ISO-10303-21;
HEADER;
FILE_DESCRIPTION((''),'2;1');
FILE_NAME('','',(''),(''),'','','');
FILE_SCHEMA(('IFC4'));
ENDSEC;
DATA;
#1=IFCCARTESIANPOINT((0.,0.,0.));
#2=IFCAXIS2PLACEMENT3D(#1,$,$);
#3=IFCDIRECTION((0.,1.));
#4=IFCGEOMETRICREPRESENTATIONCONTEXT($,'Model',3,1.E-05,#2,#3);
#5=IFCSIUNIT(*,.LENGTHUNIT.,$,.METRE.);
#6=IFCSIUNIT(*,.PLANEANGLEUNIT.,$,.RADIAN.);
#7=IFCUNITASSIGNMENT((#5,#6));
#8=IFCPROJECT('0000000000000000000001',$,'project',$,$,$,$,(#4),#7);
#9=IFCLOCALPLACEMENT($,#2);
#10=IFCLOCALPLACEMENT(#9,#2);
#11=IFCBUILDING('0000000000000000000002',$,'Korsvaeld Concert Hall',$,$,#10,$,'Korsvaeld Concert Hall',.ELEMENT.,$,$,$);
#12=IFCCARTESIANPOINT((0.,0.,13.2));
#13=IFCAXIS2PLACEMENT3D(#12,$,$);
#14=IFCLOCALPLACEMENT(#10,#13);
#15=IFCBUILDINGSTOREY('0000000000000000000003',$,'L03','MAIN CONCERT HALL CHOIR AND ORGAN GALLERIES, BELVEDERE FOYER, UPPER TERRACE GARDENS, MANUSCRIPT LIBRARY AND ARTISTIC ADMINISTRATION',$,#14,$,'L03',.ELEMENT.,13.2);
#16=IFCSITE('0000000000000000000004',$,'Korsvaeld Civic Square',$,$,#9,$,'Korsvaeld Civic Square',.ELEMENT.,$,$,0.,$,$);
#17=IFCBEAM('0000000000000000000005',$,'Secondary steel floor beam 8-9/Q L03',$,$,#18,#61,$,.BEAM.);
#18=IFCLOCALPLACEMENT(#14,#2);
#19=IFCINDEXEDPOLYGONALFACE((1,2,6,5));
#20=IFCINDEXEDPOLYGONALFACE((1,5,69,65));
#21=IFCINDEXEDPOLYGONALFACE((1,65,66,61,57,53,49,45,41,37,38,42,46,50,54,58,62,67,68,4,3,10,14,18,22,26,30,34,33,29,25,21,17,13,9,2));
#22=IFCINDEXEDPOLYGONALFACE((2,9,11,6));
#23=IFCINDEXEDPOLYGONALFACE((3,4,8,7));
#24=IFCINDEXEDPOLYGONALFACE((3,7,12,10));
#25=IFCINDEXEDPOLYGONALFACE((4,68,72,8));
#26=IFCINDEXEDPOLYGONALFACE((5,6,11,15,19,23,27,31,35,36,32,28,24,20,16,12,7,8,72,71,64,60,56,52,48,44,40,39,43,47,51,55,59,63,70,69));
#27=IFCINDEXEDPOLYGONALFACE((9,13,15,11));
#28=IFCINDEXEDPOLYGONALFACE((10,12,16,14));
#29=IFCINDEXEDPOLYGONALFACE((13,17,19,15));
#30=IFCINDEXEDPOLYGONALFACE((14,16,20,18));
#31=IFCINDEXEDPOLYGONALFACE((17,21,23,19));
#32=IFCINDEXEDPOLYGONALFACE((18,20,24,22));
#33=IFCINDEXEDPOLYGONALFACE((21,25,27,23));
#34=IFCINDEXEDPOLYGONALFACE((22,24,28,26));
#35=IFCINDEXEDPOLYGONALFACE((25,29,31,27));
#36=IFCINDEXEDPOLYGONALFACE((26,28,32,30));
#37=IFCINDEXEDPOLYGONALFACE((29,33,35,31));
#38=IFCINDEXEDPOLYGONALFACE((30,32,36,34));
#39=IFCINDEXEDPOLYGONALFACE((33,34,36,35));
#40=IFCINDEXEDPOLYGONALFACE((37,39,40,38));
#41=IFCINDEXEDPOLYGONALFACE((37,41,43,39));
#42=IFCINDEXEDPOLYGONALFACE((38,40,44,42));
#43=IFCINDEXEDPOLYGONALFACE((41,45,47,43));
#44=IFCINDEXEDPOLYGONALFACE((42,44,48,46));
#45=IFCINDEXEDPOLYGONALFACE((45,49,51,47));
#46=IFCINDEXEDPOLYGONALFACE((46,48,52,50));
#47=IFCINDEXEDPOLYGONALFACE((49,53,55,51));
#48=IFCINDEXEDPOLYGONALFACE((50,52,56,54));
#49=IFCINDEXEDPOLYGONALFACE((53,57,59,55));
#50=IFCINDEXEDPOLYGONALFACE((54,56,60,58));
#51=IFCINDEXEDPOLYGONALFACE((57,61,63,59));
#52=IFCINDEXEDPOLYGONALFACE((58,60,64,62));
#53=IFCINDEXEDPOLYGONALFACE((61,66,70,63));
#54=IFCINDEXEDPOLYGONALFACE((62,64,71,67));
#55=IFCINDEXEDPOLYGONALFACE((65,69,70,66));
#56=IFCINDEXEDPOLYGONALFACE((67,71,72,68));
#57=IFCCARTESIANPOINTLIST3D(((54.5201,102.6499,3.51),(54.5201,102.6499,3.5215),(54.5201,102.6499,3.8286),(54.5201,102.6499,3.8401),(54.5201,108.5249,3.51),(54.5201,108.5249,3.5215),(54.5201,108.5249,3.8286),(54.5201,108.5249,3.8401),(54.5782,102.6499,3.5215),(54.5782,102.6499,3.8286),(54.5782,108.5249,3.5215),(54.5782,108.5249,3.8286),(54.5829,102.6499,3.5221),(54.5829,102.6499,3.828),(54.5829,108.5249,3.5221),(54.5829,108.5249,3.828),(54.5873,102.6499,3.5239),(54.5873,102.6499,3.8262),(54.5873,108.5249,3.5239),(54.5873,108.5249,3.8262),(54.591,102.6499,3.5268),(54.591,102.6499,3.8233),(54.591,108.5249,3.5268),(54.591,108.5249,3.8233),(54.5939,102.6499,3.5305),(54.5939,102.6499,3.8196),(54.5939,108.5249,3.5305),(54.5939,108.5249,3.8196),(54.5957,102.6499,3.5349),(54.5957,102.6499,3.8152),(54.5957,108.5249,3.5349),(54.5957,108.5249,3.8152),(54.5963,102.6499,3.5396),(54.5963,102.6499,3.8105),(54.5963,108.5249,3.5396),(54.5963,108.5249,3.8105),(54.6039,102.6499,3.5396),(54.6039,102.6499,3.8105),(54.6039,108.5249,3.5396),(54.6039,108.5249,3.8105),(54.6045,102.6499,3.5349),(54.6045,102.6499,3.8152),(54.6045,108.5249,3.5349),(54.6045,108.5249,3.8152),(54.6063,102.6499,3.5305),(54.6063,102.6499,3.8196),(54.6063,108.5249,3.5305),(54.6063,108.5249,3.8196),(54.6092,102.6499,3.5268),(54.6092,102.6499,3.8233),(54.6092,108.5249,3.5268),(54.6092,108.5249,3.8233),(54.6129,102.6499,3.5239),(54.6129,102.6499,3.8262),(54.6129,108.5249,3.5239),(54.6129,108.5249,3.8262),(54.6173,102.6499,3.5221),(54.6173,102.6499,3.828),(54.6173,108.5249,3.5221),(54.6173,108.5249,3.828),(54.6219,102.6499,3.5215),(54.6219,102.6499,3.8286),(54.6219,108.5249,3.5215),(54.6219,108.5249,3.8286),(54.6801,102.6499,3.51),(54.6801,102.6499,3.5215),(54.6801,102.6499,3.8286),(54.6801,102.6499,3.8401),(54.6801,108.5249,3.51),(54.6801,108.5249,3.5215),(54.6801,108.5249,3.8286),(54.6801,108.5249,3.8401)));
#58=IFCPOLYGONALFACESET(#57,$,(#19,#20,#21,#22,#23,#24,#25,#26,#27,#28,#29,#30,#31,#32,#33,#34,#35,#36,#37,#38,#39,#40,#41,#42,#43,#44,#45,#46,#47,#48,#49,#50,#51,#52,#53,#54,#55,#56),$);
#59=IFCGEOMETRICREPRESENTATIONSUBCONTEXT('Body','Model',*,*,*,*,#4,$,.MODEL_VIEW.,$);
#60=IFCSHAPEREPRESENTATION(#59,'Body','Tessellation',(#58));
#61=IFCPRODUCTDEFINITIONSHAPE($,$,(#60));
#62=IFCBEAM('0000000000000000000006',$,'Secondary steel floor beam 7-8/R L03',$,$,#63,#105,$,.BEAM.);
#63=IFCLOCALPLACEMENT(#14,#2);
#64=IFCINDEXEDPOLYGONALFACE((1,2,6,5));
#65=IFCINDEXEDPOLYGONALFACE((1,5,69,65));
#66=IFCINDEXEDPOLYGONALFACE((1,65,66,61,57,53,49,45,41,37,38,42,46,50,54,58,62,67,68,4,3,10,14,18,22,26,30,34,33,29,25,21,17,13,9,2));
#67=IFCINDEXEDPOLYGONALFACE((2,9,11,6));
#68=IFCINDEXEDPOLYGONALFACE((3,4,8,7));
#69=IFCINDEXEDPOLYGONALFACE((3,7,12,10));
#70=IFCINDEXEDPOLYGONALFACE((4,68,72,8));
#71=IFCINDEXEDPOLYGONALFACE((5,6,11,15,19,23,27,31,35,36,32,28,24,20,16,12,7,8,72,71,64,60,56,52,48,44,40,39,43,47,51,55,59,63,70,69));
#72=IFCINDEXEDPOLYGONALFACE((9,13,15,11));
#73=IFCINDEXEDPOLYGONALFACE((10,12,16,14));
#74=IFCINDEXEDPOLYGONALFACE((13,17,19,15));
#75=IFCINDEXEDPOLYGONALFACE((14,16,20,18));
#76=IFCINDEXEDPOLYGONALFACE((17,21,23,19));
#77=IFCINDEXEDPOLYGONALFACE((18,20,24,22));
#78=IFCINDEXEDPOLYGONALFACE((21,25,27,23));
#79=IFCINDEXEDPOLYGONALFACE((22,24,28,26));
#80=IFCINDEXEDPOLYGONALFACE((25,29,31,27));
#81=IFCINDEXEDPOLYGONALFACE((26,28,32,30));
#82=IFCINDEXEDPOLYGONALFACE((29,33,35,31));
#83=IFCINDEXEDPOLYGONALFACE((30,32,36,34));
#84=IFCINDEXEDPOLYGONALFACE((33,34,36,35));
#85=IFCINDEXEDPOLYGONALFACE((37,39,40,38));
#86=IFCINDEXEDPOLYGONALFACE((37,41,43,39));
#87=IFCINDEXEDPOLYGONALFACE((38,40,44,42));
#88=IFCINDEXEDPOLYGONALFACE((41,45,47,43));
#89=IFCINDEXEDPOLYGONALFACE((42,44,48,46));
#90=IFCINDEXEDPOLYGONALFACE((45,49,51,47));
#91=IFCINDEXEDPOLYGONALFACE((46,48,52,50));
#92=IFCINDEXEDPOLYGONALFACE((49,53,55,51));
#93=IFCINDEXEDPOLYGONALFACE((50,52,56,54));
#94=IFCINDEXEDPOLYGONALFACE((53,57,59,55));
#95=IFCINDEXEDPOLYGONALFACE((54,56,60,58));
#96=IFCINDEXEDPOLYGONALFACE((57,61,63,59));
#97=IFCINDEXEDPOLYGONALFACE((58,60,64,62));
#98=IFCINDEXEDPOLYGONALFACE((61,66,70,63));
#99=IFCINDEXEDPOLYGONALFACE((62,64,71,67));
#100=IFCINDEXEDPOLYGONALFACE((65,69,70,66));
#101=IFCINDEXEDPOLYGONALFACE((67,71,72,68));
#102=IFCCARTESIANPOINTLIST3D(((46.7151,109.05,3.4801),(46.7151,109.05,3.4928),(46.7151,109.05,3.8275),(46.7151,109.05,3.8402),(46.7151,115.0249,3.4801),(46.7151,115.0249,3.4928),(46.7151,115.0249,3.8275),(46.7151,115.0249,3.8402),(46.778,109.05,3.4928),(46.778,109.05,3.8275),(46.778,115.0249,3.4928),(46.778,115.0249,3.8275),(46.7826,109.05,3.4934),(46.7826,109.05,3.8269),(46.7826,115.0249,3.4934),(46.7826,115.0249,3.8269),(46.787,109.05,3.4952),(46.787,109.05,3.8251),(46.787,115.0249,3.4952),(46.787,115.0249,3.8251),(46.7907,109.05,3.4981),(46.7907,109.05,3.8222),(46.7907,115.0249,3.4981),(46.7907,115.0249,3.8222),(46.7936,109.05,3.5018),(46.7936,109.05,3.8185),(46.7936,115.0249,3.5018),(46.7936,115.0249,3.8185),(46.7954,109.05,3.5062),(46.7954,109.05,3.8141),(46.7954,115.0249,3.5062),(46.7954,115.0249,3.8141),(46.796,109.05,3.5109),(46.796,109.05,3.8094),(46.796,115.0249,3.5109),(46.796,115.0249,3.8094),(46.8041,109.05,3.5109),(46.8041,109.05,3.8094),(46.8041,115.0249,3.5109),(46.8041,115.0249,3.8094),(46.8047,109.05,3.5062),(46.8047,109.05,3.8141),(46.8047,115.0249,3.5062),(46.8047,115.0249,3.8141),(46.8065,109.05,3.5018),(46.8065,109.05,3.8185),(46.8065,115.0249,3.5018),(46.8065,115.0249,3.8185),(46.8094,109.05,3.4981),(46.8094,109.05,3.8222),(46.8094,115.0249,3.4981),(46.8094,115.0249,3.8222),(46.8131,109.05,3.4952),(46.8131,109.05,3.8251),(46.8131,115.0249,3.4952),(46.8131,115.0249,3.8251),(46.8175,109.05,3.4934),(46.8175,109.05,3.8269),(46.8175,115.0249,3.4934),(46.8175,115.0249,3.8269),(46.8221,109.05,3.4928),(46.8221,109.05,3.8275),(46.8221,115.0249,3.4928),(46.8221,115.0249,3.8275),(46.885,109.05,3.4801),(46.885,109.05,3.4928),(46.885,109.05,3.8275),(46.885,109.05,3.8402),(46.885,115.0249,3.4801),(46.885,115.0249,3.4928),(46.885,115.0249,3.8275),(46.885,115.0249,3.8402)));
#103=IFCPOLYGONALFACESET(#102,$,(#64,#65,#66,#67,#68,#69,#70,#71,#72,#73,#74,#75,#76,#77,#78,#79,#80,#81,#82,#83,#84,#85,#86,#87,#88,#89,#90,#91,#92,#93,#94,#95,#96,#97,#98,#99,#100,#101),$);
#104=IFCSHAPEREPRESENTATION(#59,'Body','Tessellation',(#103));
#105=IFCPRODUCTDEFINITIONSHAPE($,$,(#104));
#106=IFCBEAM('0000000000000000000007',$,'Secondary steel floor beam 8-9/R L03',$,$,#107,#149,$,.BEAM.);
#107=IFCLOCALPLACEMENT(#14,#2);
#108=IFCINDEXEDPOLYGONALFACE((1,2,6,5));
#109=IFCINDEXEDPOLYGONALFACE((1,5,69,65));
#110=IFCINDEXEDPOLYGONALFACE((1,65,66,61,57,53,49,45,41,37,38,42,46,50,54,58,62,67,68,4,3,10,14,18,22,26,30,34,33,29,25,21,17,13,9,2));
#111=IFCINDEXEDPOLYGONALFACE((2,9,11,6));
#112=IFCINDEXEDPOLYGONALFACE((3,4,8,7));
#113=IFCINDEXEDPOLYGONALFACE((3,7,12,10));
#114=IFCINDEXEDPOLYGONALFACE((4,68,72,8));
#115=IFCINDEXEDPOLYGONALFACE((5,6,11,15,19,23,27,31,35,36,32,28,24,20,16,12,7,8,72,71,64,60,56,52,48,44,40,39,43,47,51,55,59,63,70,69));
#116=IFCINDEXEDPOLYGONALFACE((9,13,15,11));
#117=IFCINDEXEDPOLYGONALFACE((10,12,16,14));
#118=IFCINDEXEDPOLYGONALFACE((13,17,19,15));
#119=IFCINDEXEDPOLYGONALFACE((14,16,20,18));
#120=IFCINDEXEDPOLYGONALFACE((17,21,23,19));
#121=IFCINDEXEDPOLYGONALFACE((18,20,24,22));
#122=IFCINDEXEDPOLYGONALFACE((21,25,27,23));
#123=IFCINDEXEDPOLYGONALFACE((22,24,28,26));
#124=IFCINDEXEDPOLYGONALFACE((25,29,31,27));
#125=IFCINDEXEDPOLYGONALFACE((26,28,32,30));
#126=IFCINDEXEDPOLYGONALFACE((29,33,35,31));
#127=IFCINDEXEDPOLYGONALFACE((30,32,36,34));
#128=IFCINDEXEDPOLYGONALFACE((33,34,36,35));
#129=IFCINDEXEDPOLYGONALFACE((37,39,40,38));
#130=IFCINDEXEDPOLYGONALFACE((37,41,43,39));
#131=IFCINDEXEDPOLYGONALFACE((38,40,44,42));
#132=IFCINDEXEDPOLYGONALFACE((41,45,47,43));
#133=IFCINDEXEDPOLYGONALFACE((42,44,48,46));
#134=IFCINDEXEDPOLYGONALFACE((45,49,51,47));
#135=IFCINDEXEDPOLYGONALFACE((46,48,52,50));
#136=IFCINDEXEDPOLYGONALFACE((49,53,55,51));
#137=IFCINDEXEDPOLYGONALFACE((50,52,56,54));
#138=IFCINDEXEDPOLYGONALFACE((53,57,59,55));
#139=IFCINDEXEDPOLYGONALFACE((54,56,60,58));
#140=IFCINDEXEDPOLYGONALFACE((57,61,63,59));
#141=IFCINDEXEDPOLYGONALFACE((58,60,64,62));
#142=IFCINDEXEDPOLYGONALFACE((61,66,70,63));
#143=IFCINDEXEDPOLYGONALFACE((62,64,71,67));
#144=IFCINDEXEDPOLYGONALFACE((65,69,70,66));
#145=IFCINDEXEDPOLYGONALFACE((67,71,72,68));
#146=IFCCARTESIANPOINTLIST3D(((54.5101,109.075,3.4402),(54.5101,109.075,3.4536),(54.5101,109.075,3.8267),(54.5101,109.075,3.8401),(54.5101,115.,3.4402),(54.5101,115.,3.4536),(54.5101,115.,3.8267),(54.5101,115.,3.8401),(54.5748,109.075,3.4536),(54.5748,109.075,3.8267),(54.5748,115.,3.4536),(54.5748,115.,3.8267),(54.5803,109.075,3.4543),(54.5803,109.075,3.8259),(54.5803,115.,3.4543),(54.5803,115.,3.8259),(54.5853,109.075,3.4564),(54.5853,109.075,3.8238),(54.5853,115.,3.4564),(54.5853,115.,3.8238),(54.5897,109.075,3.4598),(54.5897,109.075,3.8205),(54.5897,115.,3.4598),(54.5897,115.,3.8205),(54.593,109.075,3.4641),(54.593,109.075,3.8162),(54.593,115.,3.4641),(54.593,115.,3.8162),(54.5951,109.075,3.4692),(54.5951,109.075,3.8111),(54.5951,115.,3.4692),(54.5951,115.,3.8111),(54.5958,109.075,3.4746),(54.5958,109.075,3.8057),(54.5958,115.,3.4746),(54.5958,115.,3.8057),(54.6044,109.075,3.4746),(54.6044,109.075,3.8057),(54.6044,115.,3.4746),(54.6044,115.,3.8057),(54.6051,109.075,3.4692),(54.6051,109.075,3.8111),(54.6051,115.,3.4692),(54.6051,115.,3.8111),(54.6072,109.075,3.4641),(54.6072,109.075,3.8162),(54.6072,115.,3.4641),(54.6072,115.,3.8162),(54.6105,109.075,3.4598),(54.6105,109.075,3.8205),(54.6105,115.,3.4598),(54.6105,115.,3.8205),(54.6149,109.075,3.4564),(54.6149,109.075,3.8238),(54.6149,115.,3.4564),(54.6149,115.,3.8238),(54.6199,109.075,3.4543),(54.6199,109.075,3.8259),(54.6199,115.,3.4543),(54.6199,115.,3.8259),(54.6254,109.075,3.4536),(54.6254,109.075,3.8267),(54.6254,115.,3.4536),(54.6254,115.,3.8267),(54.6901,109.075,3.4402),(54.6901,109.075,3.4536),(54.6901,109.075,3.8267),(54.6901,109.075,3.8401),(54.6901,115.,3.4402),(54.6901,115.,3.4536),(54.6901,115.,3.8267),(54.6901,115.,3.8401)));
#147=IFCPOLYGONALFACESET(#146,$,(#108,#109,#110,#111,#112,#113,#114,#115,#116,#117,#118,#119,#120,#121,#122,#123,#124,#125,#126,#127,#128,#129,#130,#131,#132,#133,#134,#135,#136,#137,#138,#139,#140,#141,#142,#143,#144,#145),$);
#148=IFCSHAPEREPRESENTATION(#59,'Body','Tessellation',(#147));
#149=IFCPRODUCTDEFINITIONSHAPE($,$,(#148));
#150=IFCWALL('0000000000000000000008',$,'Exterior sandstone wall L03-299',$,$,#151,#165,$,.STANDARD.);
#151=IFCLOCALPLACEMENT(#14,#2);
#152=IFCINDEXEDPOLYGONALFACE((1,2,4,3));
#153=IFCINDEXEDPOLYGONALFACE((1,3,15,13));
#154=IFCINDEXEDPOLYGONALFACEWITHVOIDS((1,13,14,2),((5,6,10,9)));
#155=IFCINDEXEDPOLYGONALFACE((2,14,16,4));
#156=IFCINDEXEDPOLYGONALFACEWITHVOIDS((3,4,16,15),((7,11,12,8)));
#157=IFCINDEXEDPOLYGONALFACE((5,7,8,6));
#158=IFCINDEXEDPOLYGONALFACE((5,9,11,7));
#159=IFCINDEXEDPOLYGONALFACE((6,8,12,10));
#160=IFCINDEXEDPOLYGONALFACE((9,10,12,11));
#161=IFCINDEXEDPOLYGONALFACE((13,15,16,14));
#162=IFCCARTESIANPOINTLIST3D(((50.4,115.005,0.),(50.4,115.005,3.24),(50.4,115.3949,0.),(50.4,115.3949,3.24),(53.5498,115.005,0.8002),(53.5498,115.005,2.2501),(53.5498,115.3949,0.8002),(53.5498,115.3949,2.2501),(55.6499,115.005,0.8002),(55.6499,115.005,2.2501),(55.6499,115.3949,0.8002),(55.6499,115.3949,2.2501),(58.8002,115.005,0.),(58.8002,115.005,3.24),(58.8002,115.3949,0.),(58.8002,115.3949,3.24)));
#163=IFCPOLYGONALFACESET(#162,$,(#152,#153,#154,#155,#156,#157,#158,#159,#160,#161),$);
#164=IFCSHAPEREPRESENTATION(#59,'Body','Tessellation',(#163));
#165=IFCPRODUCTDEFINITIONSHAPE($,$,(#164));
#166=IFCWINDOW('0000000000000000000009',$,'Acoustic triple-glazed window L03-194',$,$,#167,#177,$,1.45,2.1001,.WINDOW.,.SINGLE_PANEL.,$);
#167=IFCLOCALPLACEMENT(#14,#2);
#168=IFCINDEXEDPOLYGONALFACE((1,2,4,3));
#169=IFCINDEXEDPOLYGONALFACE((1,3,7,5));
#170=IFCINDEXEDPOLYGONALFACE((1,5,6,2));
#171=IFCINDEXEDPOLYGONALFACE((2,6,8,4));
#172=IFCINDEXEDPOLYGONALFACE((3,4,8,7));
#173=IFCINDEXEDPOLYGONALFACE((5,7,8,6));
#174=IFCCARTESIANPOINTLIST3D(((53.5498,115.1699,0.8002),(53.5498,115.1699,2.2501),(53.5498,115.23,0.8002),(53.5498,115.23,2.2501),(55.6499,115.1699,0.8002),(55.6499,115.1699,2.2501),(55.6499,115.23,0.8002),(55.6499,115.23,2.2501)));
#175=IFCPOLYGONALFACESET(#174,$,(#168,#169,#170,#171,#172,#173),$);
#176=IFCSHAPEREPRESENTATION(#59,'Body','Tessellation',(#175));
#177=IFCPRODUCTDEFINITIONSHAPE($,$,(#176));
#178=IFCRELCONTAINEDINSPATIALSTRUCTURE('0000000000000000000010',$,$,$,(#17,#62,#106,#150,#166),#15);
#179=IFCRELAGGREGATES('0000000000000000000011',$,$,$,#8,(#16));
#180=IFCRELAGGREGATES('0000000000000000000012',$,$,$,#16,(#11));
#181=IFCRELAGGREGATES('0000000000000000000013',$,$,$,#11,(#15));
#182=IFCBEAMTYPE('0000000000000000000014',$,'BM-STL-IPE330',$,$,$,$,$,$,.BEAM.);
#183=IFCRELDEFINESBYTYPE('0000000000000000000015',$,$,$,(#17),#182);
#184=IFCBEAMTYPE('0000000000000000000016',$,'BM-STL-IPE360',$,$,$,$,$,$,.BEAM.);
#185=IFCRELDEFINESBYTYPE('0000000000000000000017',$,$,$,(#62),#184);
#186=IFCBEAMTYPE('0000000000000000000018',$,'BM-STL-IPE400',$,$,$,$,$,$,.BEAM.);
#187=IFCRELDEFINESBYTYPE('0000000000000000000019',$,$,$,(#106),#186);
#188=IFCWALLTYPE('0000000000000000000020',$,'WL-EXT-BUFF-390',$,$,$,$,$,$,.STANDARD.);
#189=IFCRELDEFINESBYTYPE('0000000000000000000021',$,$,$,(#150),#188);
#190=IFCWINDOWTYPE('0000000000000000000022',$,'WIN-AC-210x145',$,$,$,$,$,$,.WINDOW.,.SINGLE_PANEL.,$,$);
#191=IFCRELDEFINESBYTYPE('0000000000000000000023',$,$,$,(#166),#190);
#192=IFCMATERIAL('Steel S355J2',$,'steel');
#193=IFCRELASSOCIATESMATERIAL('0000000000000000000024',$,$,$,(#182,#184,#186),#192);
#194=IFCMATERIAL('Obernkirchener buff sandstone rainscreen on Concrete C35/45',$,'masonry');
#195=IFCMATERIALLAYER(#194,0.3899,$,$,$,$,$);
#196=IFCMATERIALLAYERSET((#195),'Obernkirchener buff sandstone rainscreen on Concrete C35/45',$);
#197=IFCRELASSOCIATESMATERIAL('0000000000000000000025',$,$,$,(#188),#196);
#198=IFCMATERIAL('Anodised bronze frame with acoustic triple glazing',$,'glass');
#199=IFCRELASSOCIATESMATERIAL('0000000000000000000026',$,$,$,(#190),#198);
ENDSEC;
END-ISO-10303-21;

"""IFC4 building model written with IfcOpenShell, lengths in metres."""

from ifc_helpers import new_model, si_unit, direction, frame, frame_2d, origin, origin_2d, place, context, subcontext, project, spatial, rectangle, i_section, extrude, material, layer, layer_set, material_profile, profile_set, type_object, element, fill, save


model = new_model("IFC4")

# Units and contexts
model_context = context("Model", 3, precision=1e-05, world=origin(), true_north=direction((0.0, 1.0)))
body_context = subcontext(model_context, "Body", "Model", "MODEL_VIEW")
ifc_project = project(units=[si_unit("LENGTHUNIT", "METRE"), si_unit("PLANEANGLEUNIT", "RADIAN")], contexts=[model_context])

# Site, building, storey
site_placement = place(None, origin())
site = spatial("IfcSite", under=ifc_project, at=site_placement, Name="Korsvaeld Civic Square", LongName="Korsvaeld Civic Square", CompositionType="ELEMENT", RefElevation=0.0)
building_placement = place(site_placement, origin())
building = spatial("IfcBuilding", under=site, at=building_placement, Name="Korsvaeld Concert Hall", LongName="Korsvaeld Concert Hall", CompositionType="ELEMENT")
storey_placement = place(building_placement, frame((0.0, 0.0, 13.2)))
storey = spatial("IfcBuildingStorey", under=building, at=storey_placement, Name="L03", Description="MAIN CONCERT HALL CHOIR AND ORGAN GALLERIES, BELVEDERE FOYER, UPPER TERRACE GARDENS, MANUSCRIPT LIBRARY AND ARTISTIC ADMINISTRATION", LongName="L03", CompositionType="ELEMENT", Elevation=13.2)

# Beams
ifc_material_1 = material(Name="Steel S355J2", Category="steel")
ifc_material_profile_1 = material_profile(ifc_material_1, i_section(OverallWidth=0.1599, OverallDepth=0.3301, WebThickness=0.0076, FlangeThickness=0.0115, FilletRadius=0.0181, at=origin_2d()), Name="IPE 330")
ifc_profile_set_1 = profile_set([ifc_material_profile_1], Name="Steel S355J2")
beam_type_1 = type_object("IfcBeamType", Name="BM-STL-IPE330", PredefinedType="BEAM", material=ifc_profile_set_1)
beam_1_placement = place(storey_placement, frame((54.6001, 102.6499, 3.675), z_axis=(0.0, 1.0, 0.0), x_axis=(-1.0, 0.0, 0.0)))
element("IfcBeam", 1, at=beam_1_placement, inside=storey, type_object=beam_type_1, Name="Secondary steel floor beam 8-9/Q L03", PredefinedType="BEAM", context=body_context, shape_type="SweptSolid", body=[
    extrude(i_section(OverallWidth=0.1599, OverallDepth=0.3301, WebThickness=0.0076, FlangeThickness=0.0115, FilletRadius=0.0181, at=origin_2d()), origin(), (0.0, 0.0, 1.0), 5.875),
])
ifc_material_profile_2 = material_profile(ifc_material_1, i_section(OverallWidth=0.1699, OverallDepth=0.3601, WebThickness=0.0081, FlangeThickness=0.0127, FilletRadius=0.0181, at=origin_2d()), Name="IPE 360")
ifc_profile_set_2 = profile_set([ifc_material_profile_2], Name="Steel S355J2")
beam_type_2 = type_object("IfcBeamType", Name="BM-STL-IPE360", PredefinedType="BEAM", material=ifc_profile_set_2)
beam_2_placement = place(storey_placement, frame((46.8, 109.05, 3.6602), z_axis=(0.0, 1.0, 0.0), x_axis=(-1.0, 0.0, 0.0)))
element("IfcBeam", 2, at=beam_2_placement, inside=storey, type_object=beam_type_2, Name="Secondary steel floor beam 7-8/R L03", PredefinedType="BEAM", context=body_context, shape_type="SweptSolid", body=[
    extrude(i_section(OverallWidth=0.1699, OverallDepth=0.3601, WebThickness=0.0081, FlangeThickness=0.0127, FilletRadius=0.0181, at=origin_2d()), origin(), (0.0, 0.0, 1.0), 5.9749),
])
ifc_material_profile_3 = material_profile(ifc_material_1, i_section(OverallWidth=0.1799, OverallDepth=0.3999, WebThickness=0.0085, FlangeThickness=0.0134, FilletRadius=0.021, at=origin_2d()), Name="IPE 400")
ifc_profile_set_3 = profile_set([ifc_material_profile_3], Name="Steel S355J2")
beam_type_3 = type_object("IfcBeamType", Name="BM-STL-IPE400", PredefinedType="BEAM", material=ifc_profile_set_3)
beam_3_placement = place(storey_placement, frame((54.6001, 109.075, 3.6401), z_axis=(0.0, 1.0, 0.0), x_axis=(-1.0, 0.0, 0.0)))
element("IfcBeam", 3, at=beam_3_placement, inside=storey, type_object=beam_type_3, Name="Secondary steel floor beam 8-9/R L03", PredefinedType="BEAM", context=body_context, shape_type="SweptSolid", body=[
    extrude(i_section(OverallWidth=0.1799, OverallDepth=0.3999, WebThickness=0.0085, FlangeThickness=0.0134, FilletRadius=0.021, at=origin_2d()), origin(), (0.0, 0.0, 1.0), 5.925),
])

# Wall, opening, window
ifc_material_2 = material(Name="Obernkirchener buff sandstone rainscreen on Concrete C35/45", Category="masonry")
ifc_layer_1 = layer(ifc_material_2, 0.3899)
ifc_layer_set_1 = layer_set([ifc_layer_1], Name="Obernkirchener buff sandstone rainscreen on Concrete C35/45")
wall_type_1 = type_object("IfcWallType", Name="WL-EXT-BUFF-390", PredefinedType="STANDARD", material=ifc_layer_set_1)
wall_1_placement = place(storey_placement, frame((50.3999, 115.2, 0.0), z_axis=(0.0, 0.0, 1.0), x_axis=(1.0, 0.0, 0.0)))
wall_1 = element("IfcWall", 4, at=wall_1_placement, inside=storey, type_object=wall_type_1, Name="Exterior sandstone wall L03-299", PredefinedType="STANDARD", context=body_context, shape_type="SweptSolid", body=[
    extrude(rectangle(XDim=8.4001, YDim=0.3899, at=frame_2d((4.2002, 0.0))), origin(), (0.0, 0.0, 1.0), 3.24),
])
opening_placement = place(wall_1_placement, frame((3.1499, 0.0, 0.8)))
opening = element("IfcOpeningElement", 5, at=opening_placement, cuts=wall_1, PredefinedType="OPENING", context=body_context, shape_type="SweptSolid", body=[
    extrude(rectangle(XDim=2.1001, YDim=1.45, at=frame_2d((1.05, 0.7251))), frame((0.0, 0.2051, 0.0), z_axis=(0.0, -1.0, 0.0), x_axis=(1.0, 0.0, 0.0)), (0.0, 0.0, 1.0), 0.4099),
])
ifc_material_3 = material(Name="Anodised bronze frame with acoustic triple glazing", Category="glass")
window_type = type_object("IfcWindowType", Name="WIN-AC-210x145", PartitioningType="SINGLE_PANEL", PredefinedType="WINDOW", material=ifc_material_3)
window_placement = place(opening_placement, origin())
window = element("IfcWindow", 6, at=window_placement, inside=storey, type_object=window_type, Name="Acoustic triple-glazed window L03-194", OverallHeight=1.45, OverallWidth=2.1001, PartitioningType="SINGLE_PANEL", PredefinedType="WINDOW", context=body_context, shape_type="SweptSolid", body=[
    extrude(rectangle(XDim=2.1001, YDim=1.45, at=frame_2d((1.05, 0.7251))), frame((0.0, 0.03, 0.0), z_axis=(0.0, -1.0, 0.0), x_axis=(1.0, 0.0, 0.0)), (0.0, 0.0, 1.0), 0.0601),
])
fill(opening, window)

save(model, "model.ifc")
